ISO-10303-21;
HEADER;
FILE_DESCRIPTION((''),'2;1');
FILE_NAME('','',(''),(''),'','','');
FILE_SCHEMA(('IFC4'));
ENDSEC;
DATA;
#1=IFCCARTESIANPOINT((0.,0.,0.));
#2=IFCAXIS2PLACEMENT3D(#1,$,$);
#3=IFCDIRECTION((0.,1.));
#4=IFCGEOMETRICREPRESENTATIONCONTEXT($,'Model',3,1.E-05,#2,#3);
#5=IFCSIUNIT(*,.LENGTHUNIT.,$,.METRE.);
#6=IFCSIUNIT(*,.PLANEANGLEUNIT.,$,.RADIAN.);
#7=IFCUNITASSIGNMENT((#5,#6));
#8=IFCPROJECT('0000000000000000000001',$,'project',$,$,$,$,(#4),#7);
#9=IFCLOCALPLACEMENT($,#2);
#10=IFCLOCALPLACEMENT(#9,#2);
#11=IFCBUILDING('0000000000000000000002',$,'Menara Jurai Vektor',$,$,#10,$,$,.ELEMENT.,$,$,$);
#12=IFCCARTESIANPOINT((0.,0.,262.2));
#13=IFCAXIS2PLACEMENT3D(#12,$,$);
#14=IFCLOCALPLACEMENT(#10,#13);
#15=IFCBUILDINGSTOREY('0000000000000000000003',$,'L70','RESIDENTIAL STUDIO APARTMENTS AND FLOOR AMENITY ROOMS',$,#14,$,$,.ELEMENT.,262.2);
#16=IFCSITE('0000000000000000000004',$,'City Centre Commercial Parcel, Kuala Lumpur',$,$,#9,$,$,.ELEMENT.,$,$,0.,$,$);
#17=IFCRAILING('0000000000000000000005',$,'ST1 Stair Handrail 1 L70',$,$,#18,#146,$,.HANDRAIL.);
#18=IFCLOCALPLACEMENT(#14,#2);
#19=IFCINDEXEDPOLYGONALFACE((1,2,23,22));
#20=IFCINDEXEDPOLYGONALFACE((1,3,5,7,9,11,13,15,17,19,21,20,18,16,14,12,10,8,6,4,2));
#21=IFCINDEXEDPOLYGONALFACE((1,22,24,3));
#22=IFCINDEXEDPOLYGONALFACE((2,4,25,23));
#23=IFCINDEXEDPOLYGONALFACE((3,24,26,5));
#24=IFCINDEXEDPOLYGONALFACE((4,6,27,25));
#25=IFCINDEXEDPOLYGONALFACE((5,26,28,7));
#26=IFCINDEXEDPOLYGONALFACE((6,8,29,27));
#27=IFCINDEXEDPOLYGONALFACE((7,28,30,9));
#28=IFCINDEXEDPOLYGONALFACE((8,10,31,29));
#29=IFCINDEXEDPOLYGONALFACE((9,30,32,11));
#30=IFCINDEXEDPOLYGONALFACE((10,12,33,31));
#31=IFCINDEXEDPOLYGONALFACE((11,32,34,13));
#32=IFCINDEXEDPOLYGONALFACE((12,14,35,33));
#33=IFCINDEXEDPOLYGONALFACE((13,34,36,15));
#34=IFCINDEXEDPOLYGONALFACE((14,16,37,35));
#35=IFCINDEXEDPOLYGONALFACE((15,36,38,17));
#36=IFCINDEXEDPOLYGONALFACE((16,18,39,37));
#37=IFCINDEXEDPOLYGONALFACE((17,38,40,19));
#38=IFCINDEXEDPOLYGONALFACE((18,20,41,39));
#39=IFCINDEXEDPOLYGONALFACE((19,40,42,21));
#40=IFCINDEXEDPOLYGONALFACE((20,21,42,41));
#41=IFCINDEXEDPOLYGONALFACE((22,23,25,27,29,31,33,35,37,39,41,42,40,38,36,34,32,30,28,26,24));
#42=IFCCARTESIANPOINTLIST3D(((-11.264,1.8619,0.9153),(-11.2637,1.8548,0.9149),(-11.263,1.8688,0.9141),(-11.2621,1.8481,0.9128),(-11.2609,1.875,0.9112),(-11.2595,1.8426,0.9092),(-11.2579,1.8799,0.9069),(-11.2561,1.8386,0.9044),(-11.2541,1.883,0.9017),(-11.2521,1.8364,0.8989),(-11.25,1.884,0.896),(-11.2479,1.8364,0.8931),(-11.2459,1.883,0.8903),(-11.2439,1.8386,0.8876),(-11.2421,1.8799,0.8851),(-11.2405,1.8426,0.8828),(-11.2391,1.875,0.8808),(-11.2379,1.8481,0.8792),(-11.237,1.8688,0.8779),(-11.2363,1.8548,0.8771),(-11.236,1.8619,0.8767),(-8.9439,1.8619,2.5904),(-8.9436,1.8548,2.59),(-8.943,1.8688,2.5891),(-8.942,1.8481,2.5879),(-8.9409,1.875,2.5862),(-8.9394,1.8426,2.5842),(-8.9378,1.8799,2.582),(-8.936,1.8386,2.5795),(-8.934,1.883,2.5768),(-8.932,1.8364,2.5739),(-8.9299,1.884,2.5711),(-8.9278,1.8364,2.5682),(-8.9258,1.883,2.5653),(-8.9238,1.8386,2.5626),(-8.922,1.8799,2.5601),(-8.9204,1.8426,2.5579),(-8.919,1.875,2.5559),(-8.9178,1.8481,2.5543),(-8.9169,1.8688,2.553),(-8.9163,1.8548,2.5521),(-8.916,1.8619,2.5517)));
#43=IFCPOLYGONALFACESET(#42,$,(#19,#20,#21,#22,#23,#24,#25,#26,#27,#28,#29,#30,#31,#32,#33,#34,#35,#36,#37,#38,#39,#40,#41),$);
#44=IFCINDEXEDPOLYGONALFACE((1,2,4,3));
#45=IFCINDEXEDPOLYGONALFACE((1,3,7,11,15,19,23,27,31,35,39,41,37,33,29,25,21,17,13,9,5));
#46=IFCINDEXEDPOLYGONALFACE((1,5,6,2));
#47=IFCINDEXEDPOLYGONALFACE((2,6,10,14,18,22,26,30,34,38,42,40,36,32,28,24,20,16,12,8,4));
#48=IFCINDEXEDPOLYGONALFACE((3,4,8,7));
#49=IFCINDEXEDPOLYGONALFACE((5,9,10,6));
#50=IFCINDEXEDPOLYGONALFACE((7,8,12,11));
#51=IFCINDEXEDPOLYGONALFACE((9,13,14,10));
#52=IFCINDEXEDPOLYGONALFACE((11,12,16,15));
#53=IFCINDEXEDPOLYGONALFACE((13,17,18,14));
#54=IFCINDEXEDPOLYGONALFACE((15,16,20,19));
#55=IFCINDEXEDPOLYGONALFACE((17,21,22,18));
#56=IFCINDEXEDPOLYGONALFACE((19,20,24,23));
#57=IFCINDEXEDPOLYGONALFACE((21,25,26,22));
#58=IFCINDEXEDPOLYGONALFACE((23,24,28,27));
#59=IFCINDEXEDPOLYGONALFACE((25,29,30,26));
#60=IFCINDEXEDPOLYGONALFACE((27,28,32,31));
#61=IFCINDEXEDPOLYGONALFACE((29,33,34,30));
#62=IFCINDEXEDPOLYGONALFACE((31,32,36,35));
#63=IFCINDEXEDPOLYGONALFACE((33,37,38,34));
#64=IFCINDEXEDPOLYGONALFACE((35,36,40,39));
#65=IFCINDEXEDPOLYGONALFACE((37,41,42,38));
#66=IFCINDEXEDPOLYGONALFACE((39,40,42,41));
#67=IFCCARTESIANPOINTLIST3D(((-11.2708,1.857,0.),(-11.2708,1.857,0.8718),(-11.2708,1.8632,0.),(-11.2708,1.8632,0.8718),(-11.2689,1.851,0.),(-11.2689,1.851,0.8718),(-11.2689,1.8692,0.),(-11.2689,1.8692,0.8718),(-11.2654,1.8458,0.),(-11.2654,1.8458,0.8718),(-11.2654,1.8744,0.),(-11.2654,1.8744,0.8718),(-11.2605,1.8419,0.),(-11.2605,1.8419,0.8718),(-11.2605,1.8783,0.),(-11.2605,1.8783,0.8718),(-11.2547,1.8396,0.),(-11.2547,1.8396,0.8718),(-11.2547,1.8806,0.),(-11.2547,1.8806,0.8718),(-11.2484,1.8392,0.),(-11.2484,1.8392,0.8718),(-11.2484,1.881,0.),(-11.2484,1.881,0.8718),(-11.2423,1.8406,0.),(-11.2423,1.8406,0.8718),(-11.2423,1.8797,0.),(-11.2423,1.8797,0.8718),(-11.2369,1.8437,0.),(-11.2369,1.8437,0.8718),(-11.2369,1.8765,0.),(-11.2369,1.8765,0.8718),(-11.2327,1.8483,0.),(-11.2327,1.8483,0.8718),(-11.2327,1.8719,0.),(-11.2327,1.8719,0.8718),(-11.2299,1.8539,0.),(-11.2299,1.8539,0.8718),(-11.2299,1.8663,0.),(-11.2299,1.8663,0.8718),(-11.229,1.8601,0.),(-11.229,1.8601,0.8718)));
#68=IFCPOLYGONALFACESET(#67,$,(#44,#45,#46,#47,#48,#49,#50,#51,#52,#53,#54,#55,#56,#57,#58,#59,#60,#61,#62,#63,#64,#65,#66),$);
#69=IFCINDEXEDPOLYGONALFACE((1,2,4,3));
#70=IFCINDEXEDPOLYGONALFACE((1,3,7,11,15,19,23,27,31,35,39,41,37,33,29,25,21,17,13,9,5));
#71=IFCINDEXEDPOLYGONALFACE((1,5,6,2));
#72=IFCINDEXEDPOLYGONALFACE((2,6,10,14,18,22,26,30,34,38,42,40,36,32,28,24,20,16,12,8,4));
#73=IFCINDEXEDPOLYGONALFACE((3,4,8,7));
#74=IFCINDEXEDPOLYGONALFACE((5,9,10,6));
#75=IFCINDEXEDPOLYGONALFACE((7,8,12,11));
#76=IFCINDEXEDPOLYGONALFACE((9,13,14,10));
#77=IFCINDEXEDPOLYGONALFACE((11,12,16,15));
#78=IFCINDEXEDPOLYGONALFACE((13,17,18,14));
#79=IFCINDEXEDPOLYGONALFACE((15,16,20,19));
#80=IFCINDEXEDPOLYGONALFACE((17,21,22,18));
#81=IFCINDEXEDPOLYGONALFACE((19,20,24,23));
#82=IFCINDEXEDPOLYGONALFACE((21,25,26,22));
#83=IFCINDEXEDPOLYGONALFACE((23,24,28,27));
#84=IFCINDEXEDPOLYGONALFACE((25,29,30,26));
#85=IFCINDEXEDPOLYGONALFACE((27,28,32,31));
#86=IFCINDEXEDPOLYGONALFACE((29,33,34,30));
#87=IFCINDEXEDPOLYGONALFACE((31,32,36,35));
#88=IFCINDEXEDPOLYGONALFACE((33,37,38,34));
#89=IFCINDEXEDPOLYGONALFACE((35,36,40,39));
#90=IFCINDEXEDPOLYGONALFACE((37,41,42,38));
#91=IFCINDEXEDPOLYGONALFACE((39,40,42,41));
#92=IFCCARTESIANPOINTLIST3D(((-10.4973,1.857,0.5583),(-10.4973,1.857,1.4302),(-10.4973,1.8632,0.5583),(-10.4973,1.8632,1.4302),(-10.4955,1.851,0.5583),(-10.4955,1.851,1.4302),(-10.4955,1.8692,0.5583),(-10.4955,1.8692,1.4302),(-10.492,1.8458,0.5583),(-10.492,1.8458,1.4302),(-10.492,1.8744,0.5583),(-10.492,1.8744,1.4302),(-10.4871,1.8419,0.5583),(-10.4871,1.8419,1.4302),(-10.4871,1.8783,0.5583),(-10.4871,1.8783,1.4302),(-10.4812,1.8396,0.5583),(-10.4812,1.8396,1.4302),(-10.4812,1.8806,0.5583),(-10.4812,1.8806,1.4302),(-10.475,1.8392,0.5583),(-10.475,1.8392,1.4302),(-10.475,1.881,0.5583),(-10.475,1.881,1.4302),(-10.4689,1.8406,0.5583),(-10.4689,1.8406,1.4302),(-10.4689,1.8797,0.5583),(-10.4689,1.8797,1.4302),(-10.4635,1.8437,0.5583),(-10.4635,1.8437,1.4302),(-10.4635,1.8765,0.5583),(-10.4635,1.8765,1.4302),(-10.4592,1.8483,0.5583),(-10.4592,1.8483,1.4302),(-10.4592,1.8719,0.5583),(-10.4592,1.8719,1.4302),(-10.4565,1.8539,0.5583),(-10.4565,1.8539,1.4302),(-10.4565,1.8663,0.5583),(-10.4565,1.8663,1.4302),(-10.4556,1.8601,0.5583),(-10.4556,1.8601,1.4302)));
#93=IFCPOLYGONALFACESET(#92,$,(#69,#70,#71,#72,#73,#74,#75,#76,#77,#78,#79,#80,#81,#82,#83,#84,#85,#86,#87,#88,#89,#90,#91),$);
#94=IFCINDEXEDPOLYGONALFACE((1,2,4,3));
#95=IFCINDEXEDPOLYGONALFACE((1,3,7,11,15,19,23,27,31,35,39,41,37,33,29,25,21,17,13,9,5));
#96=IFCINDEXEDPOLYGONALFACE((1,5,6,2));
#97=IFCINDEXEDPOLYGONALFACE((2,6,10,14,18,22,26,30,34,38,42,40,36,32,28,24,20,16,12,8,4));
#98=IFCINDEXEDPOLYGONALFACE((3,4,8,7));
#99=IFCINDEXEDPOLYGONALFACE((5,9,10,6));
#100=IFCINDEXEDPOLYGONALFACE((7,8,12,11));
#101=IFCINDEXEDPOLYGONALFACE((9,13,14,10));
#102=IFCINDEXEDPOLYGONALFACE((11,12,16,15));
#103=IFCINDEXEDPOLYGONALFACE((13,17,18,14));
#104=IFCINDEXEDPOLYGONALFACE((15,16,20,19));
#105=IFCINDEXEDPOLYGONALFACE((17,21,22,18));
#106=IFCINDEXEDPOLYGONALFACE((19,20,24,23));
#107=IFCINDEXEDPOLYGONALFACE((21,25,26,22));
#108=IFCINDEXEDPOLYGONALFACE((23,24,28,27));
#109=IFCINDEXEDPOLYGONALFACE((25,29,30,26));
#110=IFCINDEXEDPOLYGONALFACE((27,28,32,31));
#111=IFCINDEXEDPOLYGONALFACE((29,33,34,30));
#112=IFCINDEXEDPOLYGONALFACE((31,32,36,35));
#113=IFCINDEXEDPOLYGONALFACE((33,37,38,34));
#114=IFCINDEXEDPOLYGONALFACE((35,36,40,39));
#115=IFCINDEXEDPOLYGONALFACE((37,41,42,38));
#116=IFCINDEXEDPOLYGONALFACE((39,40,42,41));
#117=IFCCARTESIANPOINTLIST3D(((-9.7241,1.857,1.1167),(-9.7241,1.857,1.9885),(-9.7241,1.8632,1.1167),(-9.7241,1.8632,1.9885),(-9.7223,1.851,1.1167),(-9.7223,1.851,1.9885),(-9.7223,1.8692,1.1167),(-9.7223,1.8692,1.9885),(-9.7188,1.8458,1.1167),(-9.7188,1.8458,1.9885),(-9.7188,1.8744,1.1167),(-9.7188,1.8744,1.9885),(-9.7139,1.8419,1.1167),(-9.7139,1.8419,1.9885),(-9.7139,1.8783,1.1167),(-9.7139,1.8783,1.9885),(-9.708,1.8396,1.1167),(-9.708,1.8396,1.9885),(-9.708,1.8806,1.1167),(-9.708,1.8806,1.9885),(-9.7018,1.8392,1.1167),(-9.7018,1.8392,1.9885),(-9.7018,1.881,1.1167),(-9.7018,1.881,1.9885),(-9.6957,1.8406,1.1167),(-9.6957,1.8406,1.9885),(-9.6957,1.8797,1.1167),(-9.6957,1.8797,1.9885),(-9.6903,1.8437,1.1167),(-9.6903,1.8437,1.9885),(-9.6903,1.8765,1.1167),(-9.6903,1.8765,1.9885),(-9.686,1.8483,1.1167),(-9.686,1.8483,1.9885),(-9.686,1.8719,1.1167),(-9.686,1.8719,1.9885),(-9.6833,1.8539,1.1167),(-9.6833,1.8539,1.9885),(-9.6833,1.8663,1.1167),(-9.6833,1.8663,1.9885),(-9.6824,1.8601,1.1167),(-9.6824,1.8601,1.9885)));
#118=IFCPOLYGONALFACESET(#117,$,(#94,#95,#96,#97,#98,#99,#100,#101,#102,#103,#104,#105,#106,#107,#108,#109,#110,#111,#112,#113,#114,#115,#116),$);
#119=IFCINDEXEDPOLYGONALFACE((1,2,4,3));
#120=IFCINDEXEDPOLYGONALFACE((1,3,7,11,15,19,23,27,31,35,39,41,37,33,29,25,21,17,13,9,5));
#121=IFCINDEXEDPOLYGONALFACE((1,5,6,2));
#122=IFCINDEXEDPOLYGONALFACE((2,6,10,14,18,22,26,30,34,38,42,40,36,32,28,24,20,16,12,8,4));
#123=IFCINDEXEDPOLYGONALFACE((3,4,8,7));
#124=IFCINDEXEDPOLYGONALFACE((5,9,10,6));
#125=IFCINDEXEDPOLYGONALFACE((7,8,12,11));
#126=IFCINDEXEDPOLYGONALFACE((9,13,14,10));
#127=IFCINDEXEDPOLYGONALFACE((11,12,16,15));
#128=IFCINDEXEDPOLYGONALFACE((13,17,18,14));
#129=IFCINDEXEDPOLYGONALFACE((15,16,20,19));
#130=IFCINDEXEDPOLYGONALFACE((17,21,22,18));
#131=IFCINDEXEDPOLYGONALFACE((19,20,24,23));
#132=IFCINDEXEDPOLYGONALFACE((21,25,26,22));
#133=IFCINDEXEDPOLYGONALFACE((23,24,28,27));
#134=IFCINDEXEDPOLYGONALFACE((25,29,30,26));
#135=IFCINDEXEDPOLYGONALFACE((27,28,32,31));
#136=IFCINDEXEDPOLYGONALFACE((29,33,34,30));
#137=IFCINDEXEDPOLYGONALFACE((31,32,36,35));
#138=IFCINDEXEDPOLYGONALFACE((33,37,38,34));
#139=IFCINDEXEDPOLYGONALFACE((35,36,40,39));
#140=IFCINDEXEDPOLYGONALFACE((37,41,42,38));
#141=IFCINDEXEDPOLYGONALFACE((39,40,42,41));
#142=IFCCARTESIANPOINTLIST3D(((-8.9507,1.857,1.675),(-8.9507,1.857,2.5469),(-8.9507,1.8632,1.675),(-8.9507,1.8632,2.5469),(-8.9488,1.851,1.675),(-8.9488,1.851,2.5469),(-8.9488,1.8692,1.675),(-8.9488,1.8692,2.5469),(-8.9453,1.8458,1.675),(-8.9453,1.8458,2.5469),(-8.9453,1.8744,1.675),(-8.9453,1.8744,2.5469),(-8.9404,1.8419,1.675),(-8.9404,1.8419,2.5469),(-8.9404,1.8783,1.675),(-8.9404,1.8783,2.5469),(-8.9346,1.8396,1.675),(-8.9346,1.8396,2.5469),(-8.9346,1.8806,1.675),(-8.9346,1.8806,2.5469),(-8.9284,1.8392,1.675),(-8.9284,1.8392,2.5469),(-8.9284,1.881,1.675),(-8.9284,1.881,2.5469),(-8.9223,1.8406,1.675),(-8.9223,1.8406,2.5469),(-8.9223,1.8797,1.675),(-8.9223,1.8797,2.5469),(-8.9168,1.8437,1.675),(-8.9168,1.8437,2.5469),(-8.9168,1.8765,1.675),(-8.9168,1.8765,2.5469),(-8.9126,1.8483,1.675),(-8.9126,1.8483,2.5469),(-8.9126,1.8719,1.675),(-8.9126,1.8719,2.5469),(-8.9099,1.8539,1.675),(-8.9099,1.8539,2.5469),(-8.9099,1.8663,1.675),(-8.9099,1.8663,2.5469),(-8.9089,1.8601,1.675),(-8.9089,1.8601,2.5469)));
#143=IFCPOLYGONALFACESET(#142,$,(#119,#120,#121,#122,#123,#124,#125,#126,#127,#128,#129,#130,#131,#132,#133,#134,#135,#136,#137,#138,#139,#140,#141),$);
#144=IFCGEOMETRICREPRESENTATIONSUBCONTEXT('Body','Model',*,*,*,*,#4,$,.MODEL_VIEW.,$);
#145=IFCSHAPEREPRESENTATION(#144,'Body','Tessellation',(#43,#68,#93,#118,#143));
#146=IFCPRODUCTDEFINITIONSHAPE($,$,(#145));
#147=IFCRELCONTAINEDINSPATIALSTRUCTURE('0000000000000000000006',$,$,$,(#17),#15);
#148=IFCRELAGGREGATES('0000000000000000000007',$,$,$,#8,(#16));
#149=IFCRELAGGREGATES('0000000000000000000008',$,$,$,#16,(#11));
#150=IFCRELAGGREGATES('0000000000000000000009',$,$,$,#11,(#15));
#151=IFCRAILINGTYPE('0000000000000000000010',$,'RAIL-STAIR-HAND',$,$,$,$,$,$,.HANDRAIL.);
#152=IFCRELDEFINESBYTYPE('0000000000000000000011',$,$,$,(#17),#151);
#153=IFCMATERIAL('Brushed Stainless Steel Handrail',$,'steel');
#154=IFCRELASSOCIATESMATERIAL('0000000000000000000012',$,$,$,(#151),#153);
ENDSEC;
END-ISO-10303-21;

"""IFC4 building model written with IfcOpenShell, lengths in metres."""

from ifc_helpers import new_model, si_unit, direction, frame, origin, origin_2d, place, context, subcontext, project, spatial, circle, extrude, material, type_object, element, save


model = new_model("IFC4")

# Units and contexts
model_context = context("Model", 3, precision=1e-05, world=origin(), true_north=direction((0.0, 1.0)))
body_context = subcontext(model_context, "Body", "Model", "MODEL_VIEW")
ifc_project = project(units=[si_unit("LENGTHUNIT", "METRE"), si_unit("PLANEANGLEUNIT", "RADIAN")], contexts=[model_context])

# Site, building, storey
site_placement = place(None, origin())
site = spatial("IfcSite", under=ifc_project, at=site_placement, Name="City Centre Commercial Parcel, Kuala Lumpur", CompositionType="ELEMENT", RefElevation=0.0)
building_placement = place(site_placement, origin())
building = spatial("IfcBuilding", under=site, at=building_placement, Name="Menara Jurai Vektor", CompositionType="ELEMENT")
storey_placement = place(building_placement, frame((0.0, 0.0, 262.2)))
storey = spatial("IfcBuildingStorey", under=building, at=storey_placement, Name="L70", Description="RESIDENTIAL STUDIO APARTMENTS AND FLOOR AMENITY ROOMS", CompositionType="ELEMENT", Elevation=262.2)

# Railing
ifc_material_1 = material(Name="Brushed Stainless Steel Handrail", Category="steel")
railing_type_1 = type_object("IfcRailingType", Name="RAIL-STAIR-HAND", PredefinedType="HANDRAIL", material=ifc_material_1)
railing_1_placement = place(storey_placement, frame((-11.25, 1.8601, 0.0)))
element("IfcRailing", 1, at=railing_1_placement, inside=storey, type_object=railing_type_1, Name="ST1 Stair Handrail 1 L70", PredefinedType="HANDRAIL", context=body_context, shape_type="SweptSolid", body=[
    extrude(circle(Radius=0.0239, at=origin_2d()), frame((0.0, 0.0, 0.896), z_axis=(0.810771, 0.0, 0.585363), x_axis=(0.0, 1.0, 0.0)), (0.0, 0.0, 1.0), 2.8616),
    extrude(circle(Radius=0.021, at=origin_2d()), origin(), (0.0, 0.0, 1.0), 0.8718),
    extrude(circle(Radius=0.021, at=origin_2d()), frame((0.7734, 0.0, 0.5583)), (0.0, 0.0, 1.0), 0.8718),
    extrude(circle(Radius=0.021, at=origin_2d()), frame((1.5466, 0.0, 1.1167)), (0.0, 0.0, 1.0), 0.8718),
    extrude(circle(Radius=0.021, at=origin_2d()), frame((2.3201, 0.0, 1.675)), (0.0, 0.0, 1.0), 0.8718),
])

save(model, "model.ifc")
